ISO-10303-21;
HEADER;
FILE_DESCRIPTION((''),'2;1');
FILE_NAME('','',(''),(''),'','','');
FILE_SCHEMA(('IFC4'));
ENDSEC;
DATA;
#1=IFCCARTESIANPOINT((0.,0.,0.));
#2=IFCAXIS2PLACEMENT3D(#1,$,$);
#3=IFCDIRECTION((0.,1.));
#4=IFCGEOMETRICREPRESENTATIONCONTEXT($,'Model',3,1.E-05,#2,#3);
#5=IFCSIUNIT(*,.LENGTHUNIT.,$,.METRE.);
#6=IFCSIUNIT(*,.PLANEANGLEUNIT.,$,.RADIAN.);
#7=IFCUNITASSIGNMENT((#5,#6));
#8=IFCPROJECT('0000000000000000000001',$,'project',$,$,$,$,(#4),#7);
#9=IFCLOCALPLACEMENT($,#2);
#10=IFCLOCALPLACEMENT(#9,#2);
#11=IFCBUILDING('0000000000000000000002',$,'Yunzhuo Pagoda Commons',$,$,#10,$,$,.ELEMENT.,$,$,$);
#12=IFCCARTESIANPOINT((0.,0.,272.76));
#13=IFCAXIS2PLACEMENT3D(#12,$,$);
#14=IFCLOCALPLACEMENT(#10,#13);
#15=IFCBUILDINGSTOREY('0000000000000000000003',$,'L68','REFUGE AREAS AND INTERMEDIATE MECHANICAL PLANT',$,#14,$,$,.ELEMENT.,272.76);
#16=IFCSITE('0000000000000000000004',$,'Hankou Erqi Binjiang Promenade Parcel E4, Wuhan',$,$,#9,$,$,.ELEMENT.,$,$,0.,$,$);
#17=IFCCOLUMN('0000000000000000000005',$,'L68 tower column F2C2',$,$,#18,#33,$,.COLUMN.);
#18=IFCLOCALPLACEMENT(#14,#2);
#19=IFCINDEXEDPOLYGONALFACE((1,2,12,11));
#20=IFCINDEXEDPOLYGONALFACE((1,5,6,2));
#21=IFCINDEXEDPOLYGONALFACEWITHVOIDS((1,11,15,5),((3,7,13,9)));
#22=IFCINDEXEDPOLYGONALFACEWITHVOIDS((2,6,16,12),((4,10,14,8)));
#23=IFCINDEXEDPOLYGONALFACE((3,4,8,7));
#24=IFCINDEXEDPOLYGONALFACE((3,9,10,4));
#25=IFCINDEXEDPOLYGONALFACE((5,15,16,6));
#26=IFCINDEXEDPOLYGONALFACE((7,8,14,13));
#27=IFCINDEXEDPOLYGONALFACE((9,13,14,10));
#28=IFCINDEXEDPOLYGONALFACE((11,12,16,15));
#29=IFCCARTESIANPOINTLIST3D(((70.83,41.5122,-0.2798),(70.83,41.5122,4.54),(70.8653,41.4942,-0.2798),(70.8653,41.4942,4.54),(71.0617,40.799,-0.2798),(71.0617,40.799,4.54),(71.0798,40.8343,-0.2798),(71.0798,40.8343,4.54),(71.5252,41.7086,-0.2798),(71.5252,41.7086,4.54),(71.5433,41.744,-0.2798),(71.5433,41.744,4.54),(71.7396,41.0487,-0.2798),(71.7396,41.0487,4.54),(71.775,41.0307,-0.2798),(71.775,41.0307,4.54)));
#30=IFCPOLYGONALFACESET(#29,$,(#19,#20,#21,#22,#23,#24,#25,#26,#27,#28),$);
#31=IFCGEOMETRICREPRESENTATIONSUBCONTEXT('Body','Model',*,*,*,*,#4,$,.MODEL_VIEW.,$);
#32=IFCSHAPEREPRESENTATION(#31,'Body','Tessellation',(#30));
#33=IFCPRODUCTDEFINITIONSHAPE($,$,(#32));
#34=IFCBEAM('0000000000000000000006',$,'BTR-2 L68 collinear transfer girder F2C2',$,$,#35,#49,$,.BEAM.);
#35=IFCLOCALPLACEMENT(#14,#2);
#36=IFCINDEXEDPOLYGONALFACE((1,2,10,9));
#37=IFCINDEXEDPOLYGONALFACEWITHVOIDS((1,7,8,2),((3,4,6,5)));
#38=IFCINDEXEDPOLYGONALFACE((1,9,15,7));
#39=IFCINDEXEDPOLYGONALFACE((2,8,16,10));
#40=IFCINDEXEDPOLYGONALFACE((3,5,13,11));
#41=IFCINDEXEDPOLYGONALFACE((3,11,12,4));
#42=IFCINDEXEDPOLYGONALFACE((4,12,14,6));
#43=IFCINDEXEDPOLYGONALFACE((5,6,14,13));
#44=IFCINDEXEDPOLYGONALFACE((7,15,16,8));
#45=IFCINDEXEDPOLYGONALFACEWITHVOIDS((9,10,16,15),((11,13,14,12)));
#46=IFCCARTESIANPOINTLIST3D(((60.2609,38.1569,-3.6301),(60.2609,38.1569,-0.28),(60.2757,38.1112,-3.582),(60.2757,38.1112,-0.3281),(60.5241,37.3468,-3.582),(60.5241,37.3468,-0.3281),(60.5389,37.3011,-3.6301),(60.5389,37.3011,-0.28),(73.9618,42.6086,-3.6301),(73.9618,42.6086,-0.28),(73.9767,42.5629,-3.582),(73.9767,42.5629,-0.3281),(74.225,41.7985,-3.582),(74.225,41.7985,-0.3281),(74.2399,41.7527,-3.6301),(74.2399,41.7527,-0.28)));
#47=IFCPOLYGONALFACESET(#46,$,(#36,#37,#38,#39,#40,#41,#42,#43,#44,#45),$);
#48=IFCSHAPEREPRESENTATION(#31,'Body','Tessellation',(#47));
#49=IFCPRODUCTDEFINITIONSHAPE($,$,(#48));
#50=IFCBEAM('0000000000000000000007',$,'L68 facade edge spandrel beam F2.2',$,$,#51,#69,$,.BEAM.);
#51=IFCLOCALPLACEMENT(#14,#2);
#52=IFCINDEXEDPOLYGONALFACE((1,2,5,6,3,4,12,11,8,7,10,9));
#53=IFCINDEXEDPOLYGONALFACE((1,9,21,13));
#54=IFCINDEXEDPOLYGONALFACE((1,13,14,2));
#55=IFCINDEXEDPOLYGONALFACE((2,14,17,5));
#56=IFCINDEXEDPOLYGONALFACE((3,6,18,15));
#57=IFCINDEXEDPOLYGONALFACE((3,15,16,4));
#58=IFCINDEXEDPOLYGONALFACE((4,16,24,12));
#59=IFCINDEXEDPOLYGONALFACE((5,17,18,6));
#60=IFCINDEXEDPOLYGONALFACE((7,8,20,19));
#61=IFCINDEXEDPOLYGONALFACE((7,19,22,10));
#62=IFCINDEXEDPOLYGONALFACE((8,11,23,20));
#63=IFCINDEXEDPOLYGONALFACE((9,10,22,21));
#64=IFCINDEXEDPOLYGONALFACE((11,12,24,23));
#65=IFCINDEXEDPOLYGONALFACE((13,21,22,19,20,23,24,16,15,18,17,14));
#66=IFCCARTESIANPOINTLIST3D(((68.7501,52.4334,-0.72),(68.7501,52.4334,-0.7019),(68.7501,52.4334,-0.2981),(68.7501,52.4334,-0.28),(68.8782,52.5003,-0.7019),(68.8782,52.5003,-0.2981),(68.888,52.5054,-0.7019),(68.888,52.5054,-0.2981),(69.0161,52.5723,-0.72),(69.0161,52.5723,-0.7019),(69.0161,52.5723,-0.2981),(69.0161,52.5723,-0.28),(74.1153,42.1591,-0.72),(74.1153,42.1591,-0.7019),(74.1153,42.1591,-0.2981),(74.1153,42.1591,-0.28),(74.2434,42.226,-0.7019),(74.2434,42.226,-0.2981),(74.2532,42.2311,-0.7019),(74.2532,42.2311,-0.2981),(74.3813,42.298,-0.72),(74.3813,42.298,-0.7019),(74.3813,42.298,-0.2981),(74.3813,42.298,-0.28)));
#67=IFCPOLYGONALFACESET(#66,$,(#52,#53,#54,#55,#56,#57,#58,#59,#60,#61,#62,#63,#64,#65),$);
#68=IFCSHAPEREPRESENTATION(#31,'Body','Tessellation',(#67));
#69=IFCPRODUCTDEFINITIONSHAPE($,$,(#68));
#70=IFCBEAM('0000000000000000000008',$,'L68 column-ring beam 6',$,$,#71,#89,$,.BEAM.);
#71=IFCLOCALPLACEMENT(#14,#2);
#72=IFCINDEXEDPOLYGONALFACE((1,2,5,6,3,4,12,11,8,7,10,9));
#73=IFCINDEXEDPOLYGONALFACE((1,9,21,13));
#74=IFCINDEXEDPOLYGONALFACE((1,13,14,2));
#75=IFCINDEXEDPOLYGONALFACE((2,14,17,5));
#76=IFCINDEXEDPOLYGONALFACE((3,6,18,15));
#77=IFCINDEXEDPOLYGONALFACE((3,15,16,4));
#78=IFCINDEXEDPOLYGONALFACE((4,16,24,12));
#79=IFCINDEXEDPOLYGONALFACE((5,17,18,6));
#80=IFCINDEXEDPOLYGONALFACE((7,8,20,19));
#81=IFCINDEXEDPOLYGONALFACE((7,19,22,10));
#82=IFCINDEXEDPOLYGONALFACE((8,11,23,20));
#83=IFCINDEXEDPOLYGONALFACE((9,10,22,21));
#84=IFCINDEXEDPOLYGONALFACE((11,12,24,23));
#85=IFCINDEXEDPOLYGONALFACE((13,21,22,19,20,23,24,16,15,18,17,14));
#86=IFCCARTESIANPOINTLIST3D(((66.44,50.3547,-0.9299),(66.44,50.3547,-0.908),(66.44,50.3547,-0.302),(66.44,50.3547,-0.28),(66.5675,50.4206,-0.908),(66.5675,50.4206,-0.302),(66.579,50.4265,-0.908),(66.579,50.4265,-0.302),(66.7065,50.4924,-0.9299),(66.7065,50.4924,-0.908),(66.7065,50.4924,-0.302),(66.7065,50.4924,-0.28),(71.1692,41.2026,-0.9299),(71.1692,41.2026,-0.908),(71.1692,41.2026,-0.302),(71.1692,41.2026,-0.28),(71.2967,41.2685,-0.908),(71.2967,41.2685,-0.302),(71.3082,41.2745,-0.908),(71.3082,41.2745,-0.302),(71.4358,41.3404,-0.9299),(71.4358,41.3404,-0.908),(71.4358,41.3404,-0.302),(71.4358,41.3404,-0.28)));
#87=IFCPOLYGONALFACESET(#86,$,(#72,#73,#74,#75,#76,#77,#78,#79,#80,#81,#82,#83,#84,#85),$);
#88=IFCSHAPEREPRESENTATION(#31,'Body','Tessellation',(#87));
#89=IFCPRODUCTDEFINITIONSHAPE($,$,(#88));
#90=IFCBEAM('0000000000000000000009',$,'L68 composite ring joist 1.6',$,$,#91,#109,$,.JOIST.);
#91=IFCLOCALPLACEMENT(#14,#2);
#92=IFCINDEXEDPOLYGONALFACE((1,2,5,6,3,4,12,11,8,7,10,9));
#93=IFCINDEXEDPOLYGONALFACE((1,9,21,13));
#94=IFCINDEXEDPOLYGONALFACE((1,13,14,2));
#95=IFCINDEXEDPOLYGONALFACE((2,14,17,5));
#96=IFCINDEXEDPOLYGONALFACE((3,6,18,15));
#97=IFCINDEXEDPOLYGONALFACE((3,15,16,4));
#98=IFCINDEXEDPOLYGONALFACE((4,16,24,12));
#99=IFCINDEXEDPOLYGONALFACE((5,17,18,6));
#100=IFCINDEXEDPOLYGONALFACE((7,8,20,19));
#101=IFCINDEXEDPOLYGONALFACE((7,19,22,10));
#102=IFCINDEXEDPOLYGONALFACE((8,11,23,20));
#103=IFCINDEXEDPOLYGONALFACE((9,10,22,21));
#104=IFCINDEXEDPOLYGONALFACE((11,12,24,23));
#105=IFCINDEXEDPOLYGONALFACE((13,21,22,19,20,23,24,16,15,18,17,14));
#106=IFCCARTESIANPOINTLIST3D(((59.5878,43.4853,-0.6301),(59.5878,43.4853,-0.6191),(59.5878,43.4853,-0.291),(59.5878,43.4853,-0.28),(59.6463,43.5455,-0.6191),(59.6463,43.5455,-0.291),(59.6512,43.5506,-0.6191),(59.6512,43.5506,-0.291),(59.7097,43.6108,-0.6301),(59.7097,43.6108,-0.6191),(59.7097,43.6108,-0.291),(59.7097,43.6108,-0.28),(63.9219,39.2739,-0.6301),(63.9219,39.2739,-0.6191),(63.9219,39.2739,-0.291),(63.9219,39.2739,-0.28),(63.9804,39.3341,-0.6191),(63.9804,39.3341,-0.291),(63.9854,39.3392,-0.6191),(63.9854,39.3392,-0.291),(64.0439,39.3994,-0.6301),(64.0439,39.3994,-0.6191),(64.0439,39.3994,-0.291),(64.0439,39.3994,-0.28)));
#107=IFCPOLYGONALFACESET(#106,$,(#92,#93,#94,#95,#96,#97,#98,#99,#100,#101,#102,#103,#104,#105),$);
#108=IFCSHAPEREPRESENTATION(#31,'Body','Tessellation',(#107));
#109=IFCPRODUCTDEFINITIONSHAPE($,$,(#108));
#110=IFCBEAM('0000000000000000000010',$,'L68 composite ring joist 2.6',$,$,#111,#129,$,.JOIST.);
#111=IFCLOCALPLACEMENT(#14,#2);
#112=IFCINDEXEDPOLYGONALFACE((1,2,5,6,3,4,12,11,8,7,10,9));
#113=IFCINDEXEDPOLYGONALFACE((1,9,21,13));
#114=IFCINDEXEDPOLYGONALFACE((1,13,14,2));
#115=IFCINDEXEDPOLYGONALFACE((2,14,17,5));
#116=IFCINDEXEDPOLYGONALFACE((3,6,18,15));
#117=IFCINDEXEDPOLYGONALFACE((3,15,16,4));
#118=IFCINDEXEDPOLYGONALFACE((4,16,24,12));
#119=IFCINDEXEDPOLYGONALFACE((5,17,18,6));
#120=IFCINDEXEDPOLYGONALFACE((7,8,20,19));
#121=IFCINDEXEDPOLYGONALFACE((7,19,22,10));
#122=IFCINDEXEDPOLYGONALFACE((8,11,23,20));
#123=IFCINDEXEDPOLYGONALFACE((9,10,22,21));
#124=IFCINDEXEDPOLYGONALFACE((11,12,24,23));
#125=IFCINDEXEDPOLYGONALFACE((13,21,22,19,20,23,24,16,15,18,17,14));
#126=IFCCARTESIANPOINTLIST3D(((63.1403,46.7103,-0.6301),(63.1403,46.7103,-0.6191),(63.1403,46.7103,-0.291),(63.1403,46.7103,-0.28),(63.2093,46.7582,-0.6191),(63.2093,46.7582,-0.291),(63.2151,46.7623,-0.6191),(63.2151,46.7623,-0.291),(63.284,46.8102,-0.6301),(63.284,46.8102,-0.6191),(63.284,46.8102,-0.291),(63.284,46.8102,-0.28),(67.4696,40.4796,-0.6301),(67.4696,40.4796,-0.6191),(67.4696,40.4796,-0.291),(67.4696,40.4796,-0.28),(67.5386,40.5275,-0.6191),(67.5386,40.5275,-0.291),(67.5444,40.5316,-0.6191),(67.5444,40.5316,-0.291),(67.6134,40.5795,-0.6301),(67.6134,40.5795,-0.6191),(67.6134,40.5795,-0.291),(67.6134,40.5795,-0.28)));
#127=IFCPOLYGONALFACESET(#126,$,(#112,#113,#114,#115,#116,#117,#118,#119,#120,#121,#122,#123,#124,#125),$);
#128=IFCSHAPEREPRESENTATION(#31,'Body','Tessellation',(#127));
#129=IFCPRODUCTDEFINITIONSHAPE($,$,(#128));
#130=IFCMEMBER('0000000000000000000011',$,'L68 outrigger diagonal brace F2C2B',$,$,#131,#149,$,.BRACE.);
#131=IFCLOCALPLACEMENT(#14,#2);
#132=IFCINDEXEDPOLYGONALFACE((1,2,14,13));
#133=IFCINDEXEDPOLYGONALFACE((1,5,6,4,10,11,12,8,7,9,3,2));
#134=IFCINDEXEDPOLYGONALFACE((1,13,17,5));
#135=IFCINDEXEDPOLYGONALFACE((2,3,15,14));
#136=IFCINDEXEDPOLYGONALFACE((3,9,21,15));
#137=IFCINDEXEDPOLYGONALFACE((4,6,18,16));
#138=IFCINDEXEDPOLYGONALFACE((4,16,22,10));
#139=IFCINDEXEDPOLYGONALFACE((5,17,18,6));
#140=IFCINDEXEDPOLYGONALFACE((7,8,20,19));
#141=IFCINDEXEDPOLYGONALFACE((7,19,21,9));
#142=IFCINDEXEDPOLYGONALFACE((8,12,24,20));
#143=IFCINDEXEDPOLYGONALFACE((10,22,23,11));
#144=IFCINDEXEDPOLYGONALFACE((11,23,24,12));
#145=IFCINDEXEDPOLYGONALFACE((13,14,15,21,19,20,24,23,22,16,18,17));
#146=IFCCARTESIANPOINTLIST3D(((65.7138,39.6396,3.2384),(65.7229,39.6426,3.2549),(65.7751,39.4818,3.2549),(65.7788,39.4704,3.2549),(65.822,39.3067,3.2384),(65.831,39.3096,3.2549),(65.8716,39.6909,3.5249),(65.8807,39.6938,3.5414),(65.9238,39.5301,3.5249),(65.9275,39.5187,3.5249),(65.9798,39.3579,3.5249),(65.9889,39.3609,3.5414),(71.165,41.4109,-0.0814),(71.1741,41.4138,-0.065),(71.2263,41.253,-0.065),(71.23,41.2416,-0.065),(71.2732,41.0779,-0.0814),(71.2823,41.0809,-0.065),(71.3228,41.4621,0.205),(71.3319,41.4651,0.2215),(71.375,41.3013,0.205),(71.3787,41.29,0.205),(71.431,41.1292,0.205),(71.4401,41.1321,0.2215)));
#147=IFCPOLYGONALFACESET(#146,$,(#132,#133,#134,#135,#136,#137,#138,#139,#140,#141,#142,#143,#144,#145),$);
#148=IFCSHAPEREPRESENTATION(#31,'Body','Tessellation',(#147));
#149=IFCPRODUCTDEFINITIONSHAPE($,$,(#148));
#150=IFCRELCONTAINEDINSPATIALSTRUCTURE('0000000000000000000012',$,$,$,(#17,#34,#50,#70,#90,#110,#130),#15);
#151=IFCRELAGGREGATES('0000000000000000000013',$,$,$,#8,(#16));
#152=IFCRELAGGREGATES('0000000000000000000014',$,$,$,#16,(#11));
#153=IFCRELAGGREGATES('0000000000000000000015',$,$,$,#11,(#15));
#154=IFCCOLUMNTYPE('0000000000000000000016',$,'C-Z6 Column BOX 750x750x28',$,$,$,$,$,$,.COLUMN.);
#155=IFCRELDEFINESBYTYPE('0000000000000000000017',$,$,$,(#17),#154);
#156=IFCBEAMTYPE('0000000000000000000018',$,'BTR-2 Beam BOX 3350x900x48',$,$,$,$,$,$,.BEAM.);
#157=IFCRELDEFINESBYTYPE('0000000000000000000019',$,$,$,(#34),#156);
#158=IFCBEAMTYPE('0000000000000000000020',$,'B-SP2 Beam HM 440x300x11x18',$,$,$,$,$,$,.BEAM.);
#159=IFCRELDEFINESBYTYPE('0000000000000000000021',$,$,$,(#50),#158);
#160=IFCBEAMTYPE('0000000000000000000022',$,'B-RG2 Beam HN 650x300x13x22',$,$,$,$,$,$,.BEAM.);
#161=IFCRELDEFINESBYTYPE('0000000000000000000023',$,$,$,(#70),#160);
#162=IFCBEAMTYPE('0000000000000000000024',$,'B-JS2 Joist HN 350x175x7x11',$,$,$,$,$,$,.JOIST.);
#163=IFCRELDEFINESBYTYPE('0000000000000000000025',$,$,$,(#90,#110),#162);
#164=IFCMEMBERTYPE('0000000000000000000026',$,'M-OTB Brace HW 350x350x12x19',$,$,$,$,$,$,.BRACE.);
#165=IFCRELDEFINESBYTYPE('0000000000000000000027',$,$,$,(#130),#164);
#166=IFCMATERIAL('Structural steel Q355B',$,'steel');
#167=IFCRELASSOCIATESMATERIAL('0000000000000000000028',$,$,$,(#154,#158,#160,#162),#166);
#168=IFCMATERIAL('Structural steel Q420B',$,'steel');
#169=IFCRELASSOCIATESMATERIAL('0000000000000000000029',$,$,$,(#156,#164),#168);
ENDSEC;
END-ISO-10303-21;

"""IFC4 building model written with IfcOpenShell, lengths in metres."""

from ifc_helpers import new_model, si_unit, direction, frame, origin, origin_2d, place, context, subcontext, project, spatial, hollow_rectangle, i_section, extrude, source, transform, mapped, material, material_profile, profile_set, type_object, element, save


model = new_model("IFC4")

# Units and contexts
model_context = context("Model", 3, precision=1e-05, world=origin(), true_north=direction((0.0, 1.0)))
body_context = subcontext(model_context, "Body", "Model", "MODEL_VIEW")
ifc_project = project(units=[si_unit("LENGTHUNIT", "METRE"), si_unit("PLANEANGLEUNIT", "RADIAN")], contexts=[model_context])

# Site, building, storey
site_placement = place(None, origin())
site = spatial("IfcSite", under=ifc_project, at=site_placement, Name="Hankou Erqi Binjiang Promenade Parcel E4, Wuhan", CompositionType="ELEMENT", RefElevation=0.0)
building_placement = place(site_placement, origin())
building = spatial("IfcBuilding", under=site, at=building_placement, Name="Yunzhuo Pagoda Commons", CompositionType="ELEMENT")
storey_placement = place(building_placement, frame((0.0, 0.0, 272.76)))
storey = spatial("IfcBuildingStorey", under=building, at=storey_placement, Name="L68", Description="REFUGE AREAS AND INTERMEDIATE MECHANICAL PLANT", CompositionType="ELEMENT", Elevation=272.76)

# Column
ifc_material_1 = material(Name="Structural steel Q355B", Category="steel")
ifc_material_profile_1 = material_profile(ifc_material_1, hollow_rectangle(XDim=0.75, YDim=0.75, WallThickness=0.0281, at=origin_2d()), Name="Structural steel Q355B")
ifc_profile_set_1 = profile_set([ifc_material_profile_1], Name="Structural steel Q355B")
column_type = type_object("IfcColumnType", Name="C-Z6 Column BOX 750x750x28", PredefinedType="COLUMN", material=ifc_profile_set_1)
shared_shape_1 = source(origin(), body_context, "Body", "SweptSolid", [
    extrude(hollow_rectangle(XDim=0.75, YDim=0.75, WallThickness=0.0281, at=origin_2d()), origin(), (0.0, 0.0, 1.0), 4.8198),
])
column_placement = place(storey_placement, frame((71.3025, 41.2715, -0.2798), z_axis=(0.0, 0.0, 1.0), x_axis=(-0.309017, 0.951057, 0.0)))
element("IfcColumn", 1, at=column_placement, inside=storey, type_object=column_type, Name="L68 tower column F2C2", PredefinedType="COLUMN", context=body_context, shape_type="MappedRepresentation", body=[
    mapped(shared_shape_1, transform((0.0, 0.0, 0.0), scale=1.0)),
])

# Beams
ifc_material_2 = material(Name="Structural steel Q420B", Category="steel")
ifc_material_profile_2 = material_profile(ifc_material_2, hollow_rectangle(XDim=0.8999, YDim=3.3501, WallThickness=0.0481, at=origin_2d()), Name="Structural steel Q420B")
ifc_profile_set_2 = profile_set([ifc_material_profile_2], Name="Structural steel Q420B")
beam_type_1 = type_object("IfcBeamType", Name="BTR-2 Beam BOX 3350x900x48", PredefinedType="BEAM", material=ifc_profile_set_2)
shared_shape_2 = source(origin(), body_context, "Body", "SweptSolid", [
    extrude(hollow_rectangle(XDim=0.8999, YDim=3.3501, WallThickness=0.0481, at=origin_2d()), origin(), (0.0, 0.0, 1.0), 14.406),
])
beam_1_placement = place(storey_placement, frame((74.1008, 42.1807, -1.9551), z_axis=(-0.951057, -0.309014, 0.0), x_axis=(0.309014, -0.951057, 0.0)))
element("IfcBeam", 2, at=beam_1_placement, inside=storey, type_object=beam_type_1, Name="BTR-2 L68 collinear transfer girder F2C2", PredefinedType="BEAM", context=body_context, shape_type="MappedRepresentation", body=[
    mapped(shared_shape_2, transform((0.0, 0.0, 0.0), scale=1.0)),
])
ifc_material_profile_3 = material_profile(ifc_material_1, i_section(OverallWidth=0.3, OverallDepth=0.4399, WebThickness=0.011, FlangeThickness=0.0181, at=origin_2d()), Name="Structural steel Q355B")
ifc_profile_set_3 = profile_set([ifc_material_profile_3], Name="Structural steel Q355B")
beam_type_2 = type_object("IfcBeamType", Name="B-SP2 Beam HM 440x300x11x18", PredefinedType="BEAM", material=ifc_profile_set_3)
shared_shape_3 = source(origin(), body_context, "Body", "SweptSolid", [
    extrude(i_section(OverallWidth=0.3, OverallDepth=0.4399, WebThickness=0.011, FlangeThickness=0.0181, at=origin_2d()), origin(), (0.0, 0.0, 1.0), 11.5908),
])
beam_2_placement = place(storey_placement, frame((74.2483, 42.2285, -0.5), z_axis=(-0.462883, 0.88642, 0.0), x_axis=(-0.88642, -0.462883, 0.0)))
element("IfcBeam", 3, at=beam_2_placement, inside=storey, type_object=beam_type_2, Name="L68 facade edge spandrel beam F2.2", PredefinedType="BEAM", context=body_context, shape_type="MappedRepresentation", body=[
    mapped(shared_shape_3, transform((0.0, 0.0, 0.0), scale=1.0)),
])
ifc_material_profile_4 = material_profile(ifc_material_1, i_section(OverallWidth=0.3, OverallDepth=0.6499, WebThickness=0.0129, FlangeThickness=0.022, at=origin_2d()), Name="Structural steel Q355B")
ifc_profile_set_4 = profile_set([ifc_material_profile_4], Name="Structural steel Q355B")
beam_type_3 = type_object("IfcBeamType", Name="B-RG2 Beam HN 650x300x13x22", PredefinedType="BEAM", material=ifc_profile_set_4)
shared_shape_4 = source(origin(), body_context, "Body", "SweptSolid", [
    extrude(i_section(OverallWidth=0.3, OverallDepth=0.6499, WebThickness=0.0129, FlangeThickness=0.022, at=origin_2d()), origin(), (0.0, 0.0, 1.0), 10.3018),
])
beam_3_placement = place(storey_placement, frame((71.3025, 41.2715, -0.605), z_axis=(-0.459071, 0.8884, 0.0), x_axis=(-0.8884, -0.459071, 0.0)))
element("IfcBeam", 4, at=beam_3_placement, inside=storey, type_object=beam_type_3, Name="L68 column-ring beam 6", PredefinedType="BEAM", context=body_context, shape_type="MappedRepresentation", body=[
    mapped(shared_shape_4, transform((0.0, 0.0, 0.0), scale=1.0)),
])
ifc_material_profile_5 = material_profile(ifc_material_1, i_section(OverallWidth=0.175, OverallDepth=0.3501, WebThickness=0.0071, FlangeThickness=0.011, at=origin_2d()), Name="Structural steel Q355B")
ifc_profile_set_5 = profile_set([ifc_material_profile_5], Name="Structural steel Q355B")
beam_type_4 = type_object("IfcBeamType", Name="B-JS2 Joist HN 350x175x7x11", PredefinedType="JOIST", material=ifc_profile_set_5)
shared_shape_5 = source(origin(), body_context, "Body", "SweptSolid", [
    extrude(i_section(OverallWidth=0.175, OverallDepth=0.3501, WebThickness=0.0071, FlangeThickness=0.011, at=origin_2d()), origin(), (0.0, 0.0, 1.0), 6.0432),
])
beam_4_placement = place(storey_placement, frame((63.9829, 39.3367, -0.4551), z_axis=(-0.717194, 0.696874, 0.0), x_axis=(-0.696874, -0.717194, 0.0)))
element("IfcBeam", 5, at=beam_4_placement, inside=storey, type_object=beam_type_4, Name="L68 composite ring joist 1.6", PredefinedType="JOIST", context=body_context, shape_type="MappedRepresentation", body=[
    mapped(shared_shape_5, transform((0.0, 0.0, 0.0), scale=1.0)),
])
shared_shape_6 = source(origin(), body_context, "Body", "SweptSolid", [
    extrude(i_section(OverallWidth=0.175, OverallDepth=0.3501, WebThickness=0.0071, FlangeThickness=0.011, at=origin_2d()), origin(), (0.0, 0.0, 1.0), 7.5872),
])
beam_5_placement = place(storey_placement, frame((67.5415, 40.5295, -0.4551), z_axis=(-0.570615, 0.821218, 0.0), x_axis=(-0.821218, -0.570615, 0.0)))
element("IfcBeam", 6, at=beam_5_placement, inside=storey, type_object=beam_type_4, Name="L68 composite ring joist 2.6", PredefinedType="JOIST", context=body_context, shape_type="MappedRepresentation", body=[
    mapped(shared_shape_6, transform((0.0, 0.0, 0.0), scale=1.0)),
])

# Member
ifc_material_profile_6 = material_profile(ifc_material_2, i_section(OverallWidth=0.3501, OverallDepth=0.3501, WebThickness=0.012, FlangeThickness=0.019, at=origin_2d()), Name="Structural steel Q420B")
ifc_profile_set_6 = profile_set([ifc_material_profile_6], Name="Structural steel Q420B")
member_type_1 = type_object("IfcMemberType", Name="M-OTB Brace HW 350x350x12x19", PredefinedType="BRACE", material=ifc_profile_set_6)
shared_shape_7 = source(origin(), body_context, "Body", "SweptSolid", [
    extrude(i_section(OverallWidth=0.3501, OverallDepth=0.3501, WebThickness=0.012, FlangeThickness=0.019, at=origin_2d()), origin(), (0.0, 0.0, 1.0), 6.6238),
])
member_1_placement = place(storey_placement, frame((65.8513, 39.5002, 3.3899), z_axis=(0.822976, 0.267408, -0.501202), x_axis=(-0.309024, 0.951054, 0.0)))
element("IfcMember", 7, at=member_1_placement, inside=storey, type_object=member_type_1, Name="L68 outrigger diagonal brace F2C2B", PredefinedType="BRACE", context=body_context, shape_type="MappedRepresentation", body=[
    mapped(shared_shape_7, transform((0.0, 0.0, 0.0), scale=1.0)),
])

save(model, "model.ifc")
